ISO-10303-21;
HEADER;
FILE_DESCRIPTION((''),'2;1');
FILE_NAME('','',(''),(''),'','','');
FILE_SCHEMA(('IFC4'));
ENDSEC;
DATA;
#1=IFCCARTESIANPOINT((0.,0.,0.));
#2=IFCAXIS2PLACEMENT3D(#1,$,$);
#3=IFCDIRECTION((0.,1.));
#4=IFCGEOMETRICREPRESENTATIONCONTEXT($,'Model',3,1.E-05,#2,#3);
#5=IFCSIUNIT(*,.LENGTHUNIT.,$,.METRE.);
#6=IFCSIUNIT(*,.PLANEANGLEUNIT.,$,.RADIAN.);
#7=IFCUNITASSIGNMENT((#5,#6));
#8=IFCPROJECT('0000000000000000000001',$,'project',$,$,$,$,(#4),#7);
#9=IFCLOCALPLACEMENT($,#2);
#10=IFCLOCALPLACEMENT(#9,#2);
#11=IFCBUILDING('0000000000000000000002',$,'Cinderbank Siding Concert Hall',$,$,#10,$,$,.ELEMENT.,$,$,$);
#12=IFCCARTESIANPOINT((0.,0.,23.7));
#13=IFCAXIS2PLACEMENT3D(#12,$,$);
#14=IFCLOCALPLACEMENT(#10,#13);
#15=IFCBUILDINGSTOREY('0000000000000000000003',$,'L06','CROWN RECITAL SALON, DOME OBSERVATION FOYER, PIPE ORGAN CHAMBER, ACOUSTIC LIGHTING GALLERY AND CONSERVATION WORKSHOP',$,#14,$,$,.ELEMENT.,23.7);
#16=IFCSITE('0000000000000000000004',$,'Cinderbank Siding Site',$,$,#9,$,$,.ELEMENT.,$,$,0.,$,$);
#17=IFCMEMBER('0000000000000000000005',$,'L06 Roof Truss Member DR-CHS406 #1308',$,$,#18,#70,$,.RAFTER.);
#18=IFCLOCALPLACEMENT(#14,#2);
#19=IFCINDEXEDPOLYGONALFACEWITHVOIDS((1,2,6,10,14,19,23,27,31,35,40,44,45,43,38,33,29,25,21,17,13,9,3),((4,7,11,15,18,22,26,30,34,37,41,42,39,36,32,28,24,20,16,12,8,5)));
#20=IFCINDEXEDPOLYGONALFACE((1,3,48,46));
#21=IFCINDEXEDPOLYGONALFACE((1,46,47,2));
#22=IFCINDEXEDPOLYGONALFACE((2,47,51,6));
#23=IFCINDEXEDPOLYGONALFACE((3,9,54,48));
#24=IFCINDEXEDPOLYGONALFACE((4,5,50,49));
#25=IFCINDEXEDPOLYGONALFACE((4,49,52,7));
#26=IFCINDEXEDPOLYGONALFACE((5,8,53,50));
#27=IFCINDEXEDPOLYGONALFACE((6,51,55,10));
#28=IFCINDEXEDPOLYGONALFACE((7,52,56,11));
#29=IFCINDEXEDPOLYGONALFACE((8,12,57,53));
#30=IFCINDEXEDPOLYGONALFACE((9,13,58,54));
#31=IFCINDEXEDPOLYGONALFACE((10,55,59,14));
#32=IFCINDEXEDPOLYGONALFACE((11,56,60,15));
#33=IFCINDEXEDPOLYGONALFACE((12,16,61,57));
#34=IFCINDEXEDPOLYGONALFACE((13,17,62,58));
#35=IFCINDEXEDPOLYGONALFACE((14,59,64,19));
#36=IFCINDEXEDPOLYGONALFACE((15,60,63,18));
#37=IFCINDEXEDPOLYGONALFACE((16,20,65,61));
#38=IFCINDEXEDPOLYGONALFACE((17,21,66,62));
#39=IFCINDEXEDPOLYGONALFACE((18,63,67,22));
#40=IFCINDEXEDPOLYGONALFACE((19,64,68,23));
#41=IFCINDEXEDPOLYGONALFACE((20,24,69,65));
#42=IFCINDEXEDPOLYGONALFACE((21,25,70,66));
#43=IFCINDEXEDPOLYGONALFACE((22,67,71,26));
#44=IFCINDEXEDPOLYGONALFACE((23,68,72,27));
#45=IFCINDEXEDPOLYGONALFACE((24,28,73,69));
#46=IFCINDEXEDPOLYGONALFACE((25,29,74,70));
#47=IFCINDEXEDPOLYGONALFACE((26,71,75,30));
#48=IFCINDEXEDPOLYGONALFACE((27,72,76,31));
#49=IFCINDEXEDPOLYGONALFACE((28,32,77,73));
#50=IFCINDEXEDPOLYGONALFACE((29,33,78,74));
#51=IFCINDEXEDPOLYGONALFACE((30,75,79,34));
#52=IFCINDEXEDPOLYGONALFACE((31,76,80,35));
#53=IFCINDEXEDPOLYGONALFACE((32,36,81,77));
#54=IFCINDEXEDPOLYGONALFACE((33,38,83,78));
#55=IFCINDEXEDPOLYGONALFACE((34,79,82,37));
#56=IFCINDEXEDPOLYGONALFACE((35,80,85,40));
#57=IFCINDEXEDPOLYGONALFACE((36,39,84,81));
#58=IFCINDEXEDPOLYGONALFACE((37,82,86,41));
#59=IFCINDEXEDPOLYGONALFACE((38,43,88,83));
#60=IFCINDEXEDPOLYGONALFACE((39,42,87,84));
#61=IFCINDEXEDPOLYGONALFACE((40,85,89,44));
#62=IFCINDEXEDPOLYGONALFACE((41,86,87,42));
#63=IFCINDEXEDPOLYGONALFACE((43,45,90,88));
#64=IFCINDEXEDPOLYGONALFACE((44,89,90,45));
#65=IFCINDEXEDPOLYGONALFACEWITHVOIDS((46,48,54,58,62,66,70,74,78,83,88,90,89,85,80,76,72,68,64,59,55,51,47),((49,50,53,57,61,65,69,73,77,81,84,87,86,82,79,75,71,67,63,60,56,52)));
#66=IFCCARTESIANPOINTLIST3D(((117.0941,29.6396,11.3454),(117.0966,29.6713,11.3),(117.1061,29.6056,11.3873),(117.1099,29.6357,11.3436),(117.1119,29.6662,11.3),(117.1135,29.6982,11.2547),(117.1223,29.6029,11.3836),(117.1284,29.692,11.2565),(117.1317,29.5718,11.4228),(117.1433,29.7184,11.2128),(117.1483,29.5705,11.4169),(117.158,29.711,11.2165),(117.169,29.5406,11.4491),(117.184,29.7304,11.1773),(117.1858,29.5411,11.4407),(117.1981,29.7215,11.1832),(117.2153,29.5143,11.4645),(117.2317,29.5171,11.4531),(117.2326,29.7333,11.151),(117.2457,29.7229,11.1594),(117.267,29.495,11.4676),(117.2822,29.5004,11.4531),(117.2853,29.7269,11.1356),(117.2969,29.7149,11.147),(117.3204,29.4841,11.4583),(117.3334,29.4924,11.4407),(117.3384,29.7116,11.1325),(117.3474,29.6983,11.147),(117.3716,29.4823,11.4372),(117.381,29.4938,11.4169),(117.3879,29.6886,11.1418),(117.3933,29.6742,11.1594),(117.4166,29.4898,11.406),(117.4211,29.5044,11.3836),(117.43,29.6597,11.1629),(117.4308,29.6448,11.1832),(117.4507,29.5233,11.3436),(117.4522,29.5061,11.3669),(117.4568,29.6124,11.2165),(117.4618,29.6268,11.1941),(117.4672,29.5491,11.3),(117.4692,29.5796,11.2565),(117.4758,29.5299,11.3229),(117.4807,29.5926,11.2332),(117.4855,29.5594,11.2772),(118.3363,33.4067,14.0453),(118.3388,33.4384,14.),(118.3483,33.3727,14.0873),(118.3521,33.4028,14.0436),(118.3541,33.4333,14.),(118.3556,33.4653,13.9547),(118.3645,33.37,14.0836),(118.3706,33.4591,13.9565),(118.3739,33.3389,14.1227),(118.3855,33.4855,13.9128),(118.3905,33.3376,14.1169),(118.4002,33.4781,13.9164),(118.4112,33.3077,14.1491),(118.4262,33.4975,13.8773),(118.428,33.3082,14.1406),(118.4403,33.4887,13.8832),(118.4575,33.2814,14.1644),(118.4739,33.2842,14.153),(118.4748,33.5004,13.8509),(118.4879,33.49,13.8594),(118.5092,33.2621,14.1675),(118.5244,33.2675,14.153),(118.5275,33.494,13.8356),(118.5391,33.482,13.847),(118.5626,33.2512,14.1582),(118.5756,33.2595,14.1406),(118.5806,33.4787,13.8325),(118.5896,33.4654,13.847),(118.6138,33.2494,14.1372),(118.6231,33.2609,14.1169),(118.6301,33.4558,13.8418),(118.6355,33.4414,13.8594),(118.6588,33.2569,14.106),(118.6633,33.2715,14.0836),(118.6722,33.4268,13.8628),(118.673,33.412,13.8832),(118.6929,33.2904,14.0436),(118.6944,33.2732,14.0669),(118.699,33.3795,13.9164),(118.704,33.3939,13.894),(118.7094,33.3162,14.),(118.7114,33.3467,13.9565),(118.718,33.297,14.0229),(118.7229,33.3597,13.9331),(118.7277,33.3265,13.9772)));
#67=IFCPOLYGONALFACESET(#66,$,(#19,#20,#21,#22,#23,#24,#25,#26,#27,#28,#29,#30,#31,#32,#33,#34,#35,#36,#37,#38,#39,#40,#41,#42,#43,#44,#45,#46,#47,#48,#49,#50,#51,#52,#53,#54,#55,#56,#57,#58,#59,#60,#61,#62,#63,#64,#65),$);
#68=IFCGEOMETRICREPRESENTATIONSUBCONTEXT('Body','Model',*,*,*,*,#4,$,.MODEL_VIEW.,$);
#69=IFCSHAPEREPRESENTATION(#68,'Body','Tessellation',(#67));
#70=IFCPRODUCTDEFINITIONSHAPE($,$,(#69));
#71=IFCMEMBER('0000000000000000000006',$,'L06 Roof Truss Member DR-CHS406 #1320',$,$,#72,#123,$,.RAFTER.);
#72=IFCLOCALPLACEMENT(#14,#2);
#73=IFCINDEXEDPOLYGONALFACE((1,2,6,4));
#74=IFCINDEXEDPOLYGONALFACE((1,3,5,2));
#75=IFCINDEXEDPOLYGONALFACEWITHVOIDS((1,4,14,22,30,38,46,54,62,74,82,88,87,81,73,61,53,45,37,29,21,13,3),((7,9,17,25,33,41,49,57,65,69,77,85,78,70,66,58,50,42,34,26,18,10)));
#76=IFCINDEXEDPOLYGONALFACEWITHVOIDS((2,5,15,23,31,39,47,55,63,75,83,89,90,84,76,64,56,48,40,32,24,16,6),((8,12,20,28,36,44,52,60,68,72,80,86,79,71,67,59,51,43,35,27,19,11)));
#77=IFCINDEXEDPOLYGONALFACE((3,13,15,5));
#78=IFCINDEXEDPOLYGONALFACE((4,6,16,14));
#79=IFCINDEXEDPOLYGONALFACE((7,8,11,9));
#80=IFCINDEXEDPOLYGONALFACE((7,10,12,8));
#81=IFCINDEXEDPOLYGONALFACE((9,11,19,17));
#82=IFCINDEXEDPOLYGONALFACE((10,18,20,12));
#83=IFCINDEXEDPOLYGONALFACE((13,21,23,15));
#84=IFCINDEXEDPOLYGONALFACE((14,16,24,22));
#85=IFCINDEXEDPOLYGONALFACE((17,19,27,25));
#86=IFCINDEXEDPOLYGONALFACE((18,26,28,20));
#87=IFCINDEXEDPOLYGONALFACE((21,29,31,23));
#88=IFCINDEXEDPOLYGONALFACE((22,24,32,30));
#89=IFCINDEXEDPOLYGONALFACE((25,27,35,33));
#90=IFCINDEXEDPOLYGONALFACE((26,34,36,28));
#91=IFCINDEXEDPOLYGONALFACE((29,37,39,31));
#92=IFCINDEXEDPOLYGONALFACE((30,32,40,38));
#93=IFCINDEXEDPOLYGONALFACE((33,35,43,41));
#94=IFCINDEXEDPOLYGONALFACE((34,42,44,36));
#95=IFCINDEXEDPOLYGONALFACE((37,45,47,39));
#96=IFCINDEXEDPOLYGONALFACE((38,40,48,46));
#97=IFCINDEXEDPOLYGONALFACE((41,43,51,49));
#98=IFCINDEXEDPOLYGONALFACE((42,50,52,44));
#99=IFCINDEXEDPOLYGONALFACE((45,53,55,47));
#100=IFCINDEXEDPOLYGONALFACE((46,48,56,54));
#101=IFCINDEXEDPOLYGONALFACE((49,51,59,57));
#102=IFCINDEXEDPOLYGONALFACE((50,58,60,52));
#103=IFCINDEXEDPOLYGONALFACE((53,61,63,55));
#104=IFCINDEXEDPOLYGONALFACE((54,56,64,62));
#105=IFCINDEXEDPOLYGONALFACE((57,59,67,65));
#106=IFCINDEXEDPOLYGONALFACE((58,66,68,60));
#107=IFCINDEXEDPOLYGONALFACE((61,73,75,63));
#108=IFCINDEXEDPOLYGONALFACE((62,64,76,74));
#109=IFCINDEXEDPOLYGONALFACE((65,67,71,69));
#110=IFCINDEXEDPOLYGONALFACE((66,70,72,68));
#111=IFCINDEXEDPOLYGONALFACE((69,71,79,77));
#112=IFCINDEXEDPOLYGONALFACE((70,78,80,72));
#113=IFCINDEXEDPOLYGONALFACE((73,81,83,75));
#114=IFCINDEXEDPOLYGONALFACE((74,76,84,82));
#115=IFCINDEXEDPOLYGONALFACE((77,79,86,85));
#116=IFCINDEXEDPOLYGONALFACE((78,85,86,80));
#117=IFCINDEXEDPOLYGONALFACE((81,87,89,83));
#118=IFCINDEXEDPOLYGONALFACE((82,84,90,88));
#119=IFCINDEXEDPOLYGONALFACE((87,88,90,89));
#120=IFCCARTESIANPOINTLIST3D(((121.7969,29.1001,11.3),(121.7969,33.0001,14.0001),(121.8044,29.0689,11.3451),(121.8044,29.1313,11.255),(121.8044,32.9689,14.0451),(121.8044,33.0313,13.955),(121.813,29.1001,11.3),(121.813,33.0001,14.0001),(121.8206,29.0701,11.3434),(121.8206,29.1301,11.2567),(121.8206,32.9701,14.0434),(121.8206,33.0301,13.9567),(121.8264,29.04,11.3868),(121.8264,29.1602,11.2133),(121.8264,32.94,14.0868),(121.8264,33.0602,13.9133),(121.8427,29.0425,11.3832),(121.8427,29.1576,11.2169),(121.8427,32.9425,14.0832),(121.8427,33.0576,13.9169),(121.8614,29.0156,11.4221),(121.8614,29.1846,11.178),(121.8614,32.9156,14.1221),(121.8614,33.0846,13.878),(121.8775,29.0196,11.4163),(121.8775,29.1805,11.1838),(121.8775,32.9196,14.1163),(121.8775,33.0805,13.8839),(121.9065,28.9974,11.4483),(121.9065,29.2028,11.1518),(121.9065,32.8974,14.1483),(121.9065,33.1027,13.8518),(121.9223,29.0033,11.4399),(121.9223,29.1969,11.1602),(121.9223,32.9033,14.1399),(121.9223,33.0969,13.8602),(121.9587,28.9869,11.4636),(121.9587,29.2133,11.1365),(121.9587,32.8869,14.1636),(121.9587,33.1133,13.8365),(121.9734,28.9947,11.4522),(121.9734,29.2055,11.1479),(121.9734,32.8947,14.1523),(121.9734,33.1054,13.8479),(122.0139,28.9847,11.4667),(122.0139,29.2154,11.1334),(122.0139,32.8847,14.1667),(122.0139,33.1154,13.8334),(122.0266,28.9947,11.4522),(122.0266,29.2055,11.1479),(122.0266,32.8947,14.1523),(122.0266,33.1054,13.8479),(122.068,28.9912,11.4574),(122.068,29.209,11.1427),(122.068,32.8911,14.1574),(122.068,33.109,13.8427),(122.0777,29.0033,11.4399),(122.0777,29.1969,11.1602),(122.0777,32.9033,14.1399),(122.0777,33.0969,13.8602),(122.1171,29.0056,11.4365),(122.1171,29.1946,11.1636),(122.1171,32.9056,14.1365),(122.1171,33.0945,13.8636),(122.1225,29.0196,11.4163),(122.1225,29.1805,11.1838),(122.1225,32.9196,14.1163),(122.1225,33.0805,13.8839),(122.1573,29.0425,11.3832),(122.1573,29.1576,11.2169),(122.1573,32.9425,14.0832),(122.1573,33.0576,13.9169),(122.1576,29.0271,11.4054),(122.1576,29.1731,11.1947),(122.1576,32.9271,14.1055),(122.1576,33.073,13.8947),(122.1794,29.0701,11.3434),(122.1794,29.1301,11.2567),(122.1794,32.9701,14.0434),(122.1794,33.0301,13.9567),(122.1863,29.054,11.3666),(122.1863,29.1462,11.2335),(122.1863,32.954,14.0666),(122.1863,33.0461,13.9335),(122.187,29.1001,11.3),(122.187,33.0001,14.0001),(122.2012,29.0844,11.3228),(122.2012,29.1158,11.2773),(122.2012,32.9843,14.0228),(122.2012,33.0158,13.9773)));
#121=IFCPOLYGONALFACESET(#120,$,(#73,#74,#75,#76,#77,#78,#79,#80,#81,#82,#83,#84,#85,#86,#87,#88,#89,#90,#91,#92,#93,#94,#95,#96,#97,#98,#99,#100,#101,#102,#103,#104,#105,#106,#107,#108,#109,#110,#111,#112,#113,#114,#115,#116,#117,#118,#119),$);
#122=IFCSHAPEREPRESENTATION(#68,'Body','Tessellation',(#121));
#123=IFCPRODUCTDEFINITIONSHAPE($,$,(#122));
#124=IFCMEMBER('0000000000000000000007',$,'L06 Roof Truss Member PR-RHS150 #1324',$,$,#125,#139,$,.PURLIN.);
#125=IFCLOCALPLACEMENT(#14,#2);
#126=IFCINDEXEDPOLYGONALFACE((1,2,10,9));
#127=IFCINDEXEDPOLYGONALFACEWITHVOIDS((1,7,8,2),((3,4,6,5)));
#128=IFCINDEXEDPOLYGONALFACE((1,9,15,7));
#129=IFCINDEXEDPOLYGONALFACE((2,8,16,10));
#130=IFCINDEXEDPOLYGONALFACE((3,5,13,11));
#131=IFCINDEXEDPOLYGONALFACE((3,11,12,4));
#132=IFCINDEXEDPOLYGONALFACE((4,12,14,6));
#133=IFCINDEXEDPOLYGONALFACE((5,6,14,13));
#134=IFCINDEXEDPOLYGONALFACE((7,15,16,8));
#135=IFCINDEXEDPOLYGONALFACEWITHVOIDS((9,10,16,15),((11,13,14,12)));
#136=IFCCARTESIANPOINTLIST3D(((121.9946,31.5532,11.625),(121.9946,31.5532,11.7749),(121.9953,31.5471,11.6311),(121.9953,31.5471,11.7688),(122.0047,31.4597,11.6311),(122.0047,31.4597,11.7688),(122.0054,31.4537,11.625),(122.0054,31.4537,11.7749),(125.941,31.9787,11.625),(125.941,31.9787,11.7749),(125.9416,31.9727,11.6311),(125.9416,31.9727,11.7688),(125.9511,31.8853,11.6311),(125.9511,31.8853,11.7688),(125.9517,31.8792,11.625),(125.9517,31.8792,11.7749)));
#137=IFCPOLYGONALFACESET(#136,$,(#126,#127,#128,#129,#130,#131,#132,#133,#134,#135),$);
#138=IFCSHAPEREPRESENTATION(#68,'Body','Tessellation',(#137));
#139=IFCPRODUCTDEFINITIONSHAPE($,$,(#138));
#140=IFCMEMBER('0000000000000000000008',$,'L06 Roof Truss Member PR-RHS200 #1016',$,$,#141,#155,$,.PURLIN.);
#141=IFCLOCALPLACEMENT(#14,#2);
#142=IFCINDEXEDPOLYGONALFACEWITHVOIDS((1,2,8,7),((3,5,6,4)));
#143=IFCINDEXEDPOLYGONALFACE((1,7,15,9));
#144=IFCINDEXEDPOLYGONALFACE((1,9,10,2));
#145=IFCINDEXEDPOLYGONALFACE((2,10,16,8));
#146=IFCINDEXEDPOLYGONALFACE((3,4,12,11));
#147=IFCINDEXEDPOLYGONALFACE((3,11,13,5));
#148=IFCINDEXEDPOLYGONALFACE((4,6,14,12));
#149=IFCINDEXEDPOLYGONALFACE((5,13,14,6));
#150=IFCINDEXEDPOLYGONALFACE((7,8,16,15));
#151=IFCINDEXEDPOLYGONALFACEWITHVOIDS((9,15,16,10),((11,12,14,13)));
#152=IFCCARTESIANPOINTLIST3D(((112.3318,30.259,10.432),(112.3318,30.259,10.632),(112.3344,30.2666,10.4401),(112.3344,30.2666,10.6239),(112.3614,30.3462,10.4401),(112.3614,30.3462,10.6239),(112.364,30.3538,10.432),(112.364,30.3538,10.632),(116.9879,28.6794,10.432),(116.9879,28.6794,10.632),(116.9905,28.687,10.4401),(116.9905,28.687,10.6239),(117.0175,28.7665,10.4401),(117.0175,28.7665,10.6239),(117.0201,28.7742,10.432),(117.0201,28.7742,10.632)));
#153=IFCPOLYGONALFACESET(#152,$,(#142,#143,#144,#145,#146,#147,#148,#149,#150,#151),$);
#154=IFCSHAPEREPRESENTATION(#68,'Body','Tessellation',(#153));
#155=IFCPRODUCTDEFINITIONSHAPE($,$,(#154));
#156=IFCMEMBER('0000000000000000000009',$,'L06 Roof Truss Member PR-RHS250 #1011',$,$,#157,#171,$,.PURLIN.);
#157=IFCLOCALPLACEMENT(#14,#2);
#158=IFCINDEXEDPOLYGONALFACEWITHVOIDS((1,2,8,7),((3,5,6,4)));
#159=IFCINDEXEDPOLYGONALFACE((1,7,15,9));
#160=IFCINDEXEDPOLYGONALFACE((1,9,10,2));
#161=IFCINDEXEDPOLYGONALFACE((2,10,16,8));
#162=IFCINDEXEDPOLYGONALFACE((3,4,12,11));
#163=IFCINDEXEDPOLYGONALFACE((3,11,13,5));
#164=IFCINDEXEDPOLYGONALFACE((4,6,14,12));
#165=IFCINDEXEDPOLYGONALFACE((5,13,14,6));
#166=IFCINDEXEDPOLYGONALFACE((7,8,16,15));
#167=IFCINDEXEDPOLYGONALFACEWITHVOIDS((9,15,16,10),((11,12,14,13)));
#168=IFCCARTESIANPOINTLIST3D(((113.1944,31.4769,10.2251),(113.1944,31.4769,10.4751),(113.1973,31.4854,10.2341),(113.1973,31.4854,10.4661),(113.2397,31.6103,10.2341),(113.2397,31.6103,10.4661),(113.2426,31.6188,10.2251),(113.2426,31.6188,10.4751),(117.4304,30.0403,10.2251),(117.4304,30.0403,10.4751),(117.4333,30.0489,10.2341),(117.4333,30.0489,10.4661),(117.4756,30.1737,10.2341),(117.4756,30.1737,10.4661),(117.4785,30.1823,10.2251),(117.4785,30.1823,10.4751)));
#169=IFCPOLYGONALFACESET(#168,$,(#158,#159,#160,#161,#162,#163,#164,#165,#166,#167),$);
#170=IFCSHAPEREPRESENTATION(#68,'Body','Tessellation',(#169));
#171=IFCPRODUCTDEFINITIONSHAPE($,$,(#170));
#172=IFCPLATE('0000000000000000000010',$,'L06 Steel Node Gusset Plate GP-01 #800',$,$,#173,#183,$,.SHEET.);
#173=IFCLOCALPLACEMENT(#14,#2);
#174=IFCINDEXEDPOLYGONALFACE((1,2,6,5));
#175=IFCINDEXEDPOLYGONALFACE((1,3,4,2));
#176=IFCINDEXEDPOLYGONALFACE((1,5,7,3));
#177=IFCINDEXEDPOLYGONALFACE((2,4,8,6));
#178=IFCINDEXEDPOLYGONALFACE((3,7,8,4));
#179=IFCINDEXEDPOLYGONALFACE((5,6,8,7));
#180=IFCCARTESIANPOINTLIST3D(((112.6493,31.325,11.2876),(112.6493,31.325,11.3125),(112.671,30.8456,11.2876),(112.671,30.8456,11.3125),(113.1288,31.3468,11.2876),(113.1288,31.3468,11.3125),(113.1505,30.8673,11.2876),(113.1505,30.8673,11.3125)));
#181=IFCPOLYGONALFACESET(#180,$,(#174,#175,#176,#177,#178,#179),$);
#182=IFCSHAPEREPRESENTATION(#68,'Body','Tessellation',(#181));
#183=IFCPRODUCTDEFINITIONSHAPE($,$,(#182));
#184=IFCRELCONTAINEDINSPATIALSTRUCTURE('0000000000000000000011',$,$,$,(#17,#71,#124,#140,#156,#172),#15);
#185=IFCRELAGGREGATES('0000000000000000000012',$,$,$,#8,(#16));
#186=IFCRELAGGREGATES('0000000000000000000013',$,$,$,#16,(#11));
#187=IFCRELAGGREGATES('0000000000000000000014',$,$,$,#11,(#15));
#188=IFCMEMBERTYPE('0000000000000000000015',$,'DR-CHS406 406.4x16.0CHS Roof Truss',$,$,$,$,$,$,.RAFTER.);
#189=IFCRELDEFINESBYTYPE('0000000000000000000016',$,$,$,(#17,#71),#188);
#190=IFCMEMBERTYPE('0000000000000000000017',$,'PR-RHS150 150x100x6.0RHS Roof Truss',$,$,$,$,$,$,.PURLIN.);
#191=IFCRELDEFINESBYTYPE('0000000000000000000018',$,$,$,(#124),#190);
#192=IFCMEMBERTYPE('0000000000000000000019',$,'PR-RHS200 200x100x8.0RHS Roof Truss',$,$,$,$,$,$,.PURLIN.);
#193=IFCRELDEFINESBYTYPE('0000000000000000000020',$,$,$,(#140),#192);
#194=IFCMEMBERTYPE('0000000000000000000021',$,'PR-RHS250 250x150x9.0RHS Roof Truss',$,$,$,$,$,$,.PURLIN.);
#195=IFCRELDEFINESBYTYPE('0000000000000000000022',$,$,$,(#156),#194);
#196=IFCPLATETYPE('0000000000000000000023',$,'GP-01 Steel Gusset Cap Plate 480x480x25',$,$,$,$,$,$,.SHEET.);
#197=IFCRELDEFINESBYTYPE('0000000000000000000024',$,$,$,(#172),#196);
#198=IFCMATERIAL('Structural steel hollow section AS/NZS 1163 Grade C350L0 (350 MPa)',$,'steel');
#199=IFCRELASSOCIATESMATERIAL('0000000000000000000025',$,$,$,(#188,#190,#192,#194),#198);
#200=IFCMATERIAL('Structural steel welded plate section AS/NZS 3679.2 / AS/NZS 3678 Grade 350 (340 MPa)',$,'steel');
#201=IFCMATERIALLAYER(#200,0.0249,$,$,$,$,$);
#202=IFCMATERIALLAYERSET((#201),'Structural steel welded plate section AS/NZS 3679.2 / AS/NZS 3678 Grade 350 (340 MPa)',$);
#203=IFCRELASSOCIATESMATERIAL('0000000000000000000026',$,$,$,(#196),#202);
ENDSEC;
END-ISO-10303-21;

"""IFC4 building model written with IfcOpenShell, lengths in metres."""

from ifc_helpers import new_model, si_unit, direction, frame, origin, origin_2d, place, context, subcontext, project, spatial, rectangle, hollow_rectangle, hollow_circle, extrude, material, layer, layer_set, material_profile, profile_set, type_object, element, save


model = new_model("IFC4")

# Units and contexts
model_context = context("Model", 3, precision=1e-05, world=origin(), true_north=direction((0.0, 1.0)))
body_context = subcontext(model_context, "Body", "Model", "MODEL_VIEW")
ifc_project = project(units=[si_unit("LENGTHUNIT", "METRE"), si_unit("PLANEANGLEUNIT", "RADIAN")], contexts=[model_context])

# Site, building, storey
site_placement = place(None, origin())
site = spatial("IfcSite", under=ifc_project, at=site_placement, Name="Cinderbank Siding Site", CompositionType="ELEMENT", RefElevation=0.0)
building_placement = place(site_placement, origin())
building = spatial("IfcBuilding", under=site, at=building_placement, Name="Cinderbank Siding Concert Hall", CompositionType="ELEMENT")
storey_placement = place(building_placement, frame((0.0, 0.0, 23.7)))
storey = spatial("IfcBuildingStorey", under=building, at=storey_placement, Name="L06", Description="CROWN RECITAL SALON, DOME OBSERVATION FOYER, PIPE ORGAN CHAMBER, ACOUSTIC LIGHTING GALLERY AND CONSERVATION WORKSHOP", CompositionType="ELEMENT", Elevation=23.7)

# Members
ifc_material_1 = material(Name="Structural steel hollow section AS/NZS 1163 Grade C350L0 (350 MPa)", Category="steel")
ifc_material_profile_1 = material_profile(ifc_material_1, hollow_circle(Radius=0.2031, WallThickness=0.0161, at=origin_2d()), Name="406.4x16.0CHS", Category="LoadBearing")
ifc_profile_set_1 = profile_set([ifc_material_profile_1], Name="Structural steel hollow section AS/NZS 1163 Grade C350L0 (350 MPa)")
member_type_1 = type_object("IfcMemberType", Name="DR-CHS406 406.4x16.0CHS Roof Truss", PredefinedType="RAFTER", material=ifc_profile_set_1)
member_1_placement = place(storey_placement, frame((117.2896, 29.6077, 11.3), z_axis=(0.25888, 0.785088, 0.562689), x_axis=(-0.9497, 0.313161, 0.0)))
element("IfcMember", 1, at=member_1_placement, inside=storey, type_object=member_type_1, Name="L06 Roof Truss Member DR-CHS406 #1308", PredefinedType="RAFTER", context=body_context, shape_type="SweptSolid", body=[
    extrude(hollow_circle(Radius=0.2031, WallThickness=0.0161, at=origin_2d()), origin(), (0.0, 0.0, 1.0), 4.7983),
])
member_2_placement = place(storey_placement, frame((122.0, 29.1001, 11.3), z_axis=(0.0, 0.82219, 0.569213), x_axis=(-1.0, 0.0, 0.0)))
element("IfcMember", 2, at=member_2_placement, inside=storey, type_object=member_type_1, Name="L06 Roof Truss Member DR-CHS406 #1320", PredefinedType="RAFTER", context=body_context, shape_type="SweptSolid", body=[
    extrude(hollow_circle(Radius=0.2031, WallThickness=0.0161, at=origin_2d()), origin(), (0.0, 0.0, 1.0), 4.7434),
])
ifc_material_profile_2 = material_profile(ifc_material_1, hollow_rectangle(XDim=0.1001, YDim=0.1499, WallThickness=0.0061, at=origin_2d()), Name="150x100x6.0RHS", Category="LoadBearing")
ifc_profile_set_2 = profile_set([ifc_material_profile_2], Name="Structural steel hollow section AS/NZS 1163 Grade C350L0 (350 MPa)")
member_type_2 = type_object("IfcMemberType", Name="PR-RHS150 150x100x6.0RHS Roof Truss", PredefinedType="PURLIN", material=ifc_profile_set_2)
member_3_placement = place(storey_placement, frame((122.0, 31.5034, 11.7), z_axis=(0.994236, 0.107211, 0.0), x_axis=(-0.107211, 0.994236, 0.0)))
element("IfcMember", 3, at=member_3_placement, inside=storey, type_object=member_type_2, Name="L06 Roof Truss Member PR-RHS150 #1324", PredefinedType="PURLIN", context=body_context, shape_type="SweptSolid", body=[
    extrude(hollow_rectangle(XDim=0.1001, YDim=0.1499, WallThickness=0.0061, at=origin_2d()), origin(), (0.0, 0.0, 1.0), 3.9692),
])
ifc_material_profile_3 = material_profile(ifc_material_1, hollow_rectangle(XDim=0.1001, YDim=0.2, WallThickness=0.0081, at=origin_2d()), Name="200x100x8.0RHS", Category="LoadBearing")
ifc_profile_set_3 = profile_set([ifc_material_profile_3], Name="Structural steel hollow section AS/NZS 1163 Grade C350L0 (350 MPa)")
member_type_3 = type_object("IfcMemberType", Name="PR-RHS200 200x100x8.0RHS Roof Truss", PredefinedType="PURLIN", material=ifc_profile_set_3)
member_4_placement = place(storey_placement, frame((112.3479, 30.3064, 10.532), z_axis=(0.946987, -0.321273, 0.0), x_axis=(0.321273, 0.946987, 0.0)))
element("IfcMember", 4, at=member_4_placement, inside=storey, type_object=member_type_3, Name="L06 Roof Truss Member PR-RHS200 #1016", PredefinedType="PURLIN", context=body_context, shape_type="SweptSolid", body=[
    extrude(hollow_rectangle(XDim=0.1001, YDim=0.2, WallThickness=0.0081, at=origin_2d()), origin(), (0.0, 0.0, 1.0), 4.9167),
])
ifc_material_profile_4 = material_profile(ifc_material_1, hollow_rectangle(XDim=0.1499, YDim=0.25, WallThickness=0.009, at=origin_2d()), Name="250x150x9.0RHS", Category="LoadBearing")
ifc_profile_set_4 = profile_set([ifc_material_profile_4], Name="Structural steel hollow section AS/NZS 1163 Grade C350L0 (350 MPa)")
member_type_4 = type_object("IfcMemberType", Name="PR-RHS250 250x150x9.0RHS Roof Truss", PredefinedType="PURLIN", material=ifc_profile_set_4)
member_5_placement = place(storey_placement, frame((113.2185, 31.5479, 10.3501), z_axis=(0.947022, -0.321169, 0.0), x_axis=(0.321169, 0.947022, 0.0)))
element("IfcMember", 5, at=member_5_placement, inside=storey, type_object=member_type_4, Name="L06 Roof Truss Member PR-RHS250 #1011", PredefinedType="PURLIN", context=body_context, shape_type="SweptSolid", body=[
    extrude(hollow_rectangle(XDim=0.1499, YDim=0.25, WallThickness=0.009, at=origin_2d()), origin(), (0.0, 0.0, 1.0), 4.4729),
])

# Plate
ifc_material_2 = material(Name="Structural steel welded plate section AS/NZS 3679.2 / AS/NZS 3678 Grade 350 (340 MPa)", Category="steel")
ifc_layer_1 = layer(ifc_material_2, 0.0249)
ifc_layer_set_1 = layer_set([ifc_layer_1], Name="Structural steel welded plate section AS/NZS 3679.2 / AS/NZS 3678 Grade 350 (340 MPa)")
plate_type_1 = type_object("IfcPlateType", Name="GP-01 Steel Gusset Cap Plate 480x480x25", PredefinedType="SHEET", material=ifc_layer_set_1)
plate_1_placement = place(storey_placement, frame((112.8999, 31.0962, 11.2876), z_axis=(0.0, 0.0, 1.0), x_axis=(0.998971, 0.045363, 0.0)))
element("IfcPlate", 6, at=plate_1_placement, inside=storey, type_object=plate_type_1, Name="L06 Steel Node Gusset Plate GP-01 #800", PredefinedType="SHEET", context=body_context, shape_type="SweptSolid", body=[
    extrude(rectangle(XDim=0.48, YDim=0.48, at=origin_2d()), origin(), (0.0, 0.0, 1.0), 0.0249),
])

save(model, "model.ifc")
